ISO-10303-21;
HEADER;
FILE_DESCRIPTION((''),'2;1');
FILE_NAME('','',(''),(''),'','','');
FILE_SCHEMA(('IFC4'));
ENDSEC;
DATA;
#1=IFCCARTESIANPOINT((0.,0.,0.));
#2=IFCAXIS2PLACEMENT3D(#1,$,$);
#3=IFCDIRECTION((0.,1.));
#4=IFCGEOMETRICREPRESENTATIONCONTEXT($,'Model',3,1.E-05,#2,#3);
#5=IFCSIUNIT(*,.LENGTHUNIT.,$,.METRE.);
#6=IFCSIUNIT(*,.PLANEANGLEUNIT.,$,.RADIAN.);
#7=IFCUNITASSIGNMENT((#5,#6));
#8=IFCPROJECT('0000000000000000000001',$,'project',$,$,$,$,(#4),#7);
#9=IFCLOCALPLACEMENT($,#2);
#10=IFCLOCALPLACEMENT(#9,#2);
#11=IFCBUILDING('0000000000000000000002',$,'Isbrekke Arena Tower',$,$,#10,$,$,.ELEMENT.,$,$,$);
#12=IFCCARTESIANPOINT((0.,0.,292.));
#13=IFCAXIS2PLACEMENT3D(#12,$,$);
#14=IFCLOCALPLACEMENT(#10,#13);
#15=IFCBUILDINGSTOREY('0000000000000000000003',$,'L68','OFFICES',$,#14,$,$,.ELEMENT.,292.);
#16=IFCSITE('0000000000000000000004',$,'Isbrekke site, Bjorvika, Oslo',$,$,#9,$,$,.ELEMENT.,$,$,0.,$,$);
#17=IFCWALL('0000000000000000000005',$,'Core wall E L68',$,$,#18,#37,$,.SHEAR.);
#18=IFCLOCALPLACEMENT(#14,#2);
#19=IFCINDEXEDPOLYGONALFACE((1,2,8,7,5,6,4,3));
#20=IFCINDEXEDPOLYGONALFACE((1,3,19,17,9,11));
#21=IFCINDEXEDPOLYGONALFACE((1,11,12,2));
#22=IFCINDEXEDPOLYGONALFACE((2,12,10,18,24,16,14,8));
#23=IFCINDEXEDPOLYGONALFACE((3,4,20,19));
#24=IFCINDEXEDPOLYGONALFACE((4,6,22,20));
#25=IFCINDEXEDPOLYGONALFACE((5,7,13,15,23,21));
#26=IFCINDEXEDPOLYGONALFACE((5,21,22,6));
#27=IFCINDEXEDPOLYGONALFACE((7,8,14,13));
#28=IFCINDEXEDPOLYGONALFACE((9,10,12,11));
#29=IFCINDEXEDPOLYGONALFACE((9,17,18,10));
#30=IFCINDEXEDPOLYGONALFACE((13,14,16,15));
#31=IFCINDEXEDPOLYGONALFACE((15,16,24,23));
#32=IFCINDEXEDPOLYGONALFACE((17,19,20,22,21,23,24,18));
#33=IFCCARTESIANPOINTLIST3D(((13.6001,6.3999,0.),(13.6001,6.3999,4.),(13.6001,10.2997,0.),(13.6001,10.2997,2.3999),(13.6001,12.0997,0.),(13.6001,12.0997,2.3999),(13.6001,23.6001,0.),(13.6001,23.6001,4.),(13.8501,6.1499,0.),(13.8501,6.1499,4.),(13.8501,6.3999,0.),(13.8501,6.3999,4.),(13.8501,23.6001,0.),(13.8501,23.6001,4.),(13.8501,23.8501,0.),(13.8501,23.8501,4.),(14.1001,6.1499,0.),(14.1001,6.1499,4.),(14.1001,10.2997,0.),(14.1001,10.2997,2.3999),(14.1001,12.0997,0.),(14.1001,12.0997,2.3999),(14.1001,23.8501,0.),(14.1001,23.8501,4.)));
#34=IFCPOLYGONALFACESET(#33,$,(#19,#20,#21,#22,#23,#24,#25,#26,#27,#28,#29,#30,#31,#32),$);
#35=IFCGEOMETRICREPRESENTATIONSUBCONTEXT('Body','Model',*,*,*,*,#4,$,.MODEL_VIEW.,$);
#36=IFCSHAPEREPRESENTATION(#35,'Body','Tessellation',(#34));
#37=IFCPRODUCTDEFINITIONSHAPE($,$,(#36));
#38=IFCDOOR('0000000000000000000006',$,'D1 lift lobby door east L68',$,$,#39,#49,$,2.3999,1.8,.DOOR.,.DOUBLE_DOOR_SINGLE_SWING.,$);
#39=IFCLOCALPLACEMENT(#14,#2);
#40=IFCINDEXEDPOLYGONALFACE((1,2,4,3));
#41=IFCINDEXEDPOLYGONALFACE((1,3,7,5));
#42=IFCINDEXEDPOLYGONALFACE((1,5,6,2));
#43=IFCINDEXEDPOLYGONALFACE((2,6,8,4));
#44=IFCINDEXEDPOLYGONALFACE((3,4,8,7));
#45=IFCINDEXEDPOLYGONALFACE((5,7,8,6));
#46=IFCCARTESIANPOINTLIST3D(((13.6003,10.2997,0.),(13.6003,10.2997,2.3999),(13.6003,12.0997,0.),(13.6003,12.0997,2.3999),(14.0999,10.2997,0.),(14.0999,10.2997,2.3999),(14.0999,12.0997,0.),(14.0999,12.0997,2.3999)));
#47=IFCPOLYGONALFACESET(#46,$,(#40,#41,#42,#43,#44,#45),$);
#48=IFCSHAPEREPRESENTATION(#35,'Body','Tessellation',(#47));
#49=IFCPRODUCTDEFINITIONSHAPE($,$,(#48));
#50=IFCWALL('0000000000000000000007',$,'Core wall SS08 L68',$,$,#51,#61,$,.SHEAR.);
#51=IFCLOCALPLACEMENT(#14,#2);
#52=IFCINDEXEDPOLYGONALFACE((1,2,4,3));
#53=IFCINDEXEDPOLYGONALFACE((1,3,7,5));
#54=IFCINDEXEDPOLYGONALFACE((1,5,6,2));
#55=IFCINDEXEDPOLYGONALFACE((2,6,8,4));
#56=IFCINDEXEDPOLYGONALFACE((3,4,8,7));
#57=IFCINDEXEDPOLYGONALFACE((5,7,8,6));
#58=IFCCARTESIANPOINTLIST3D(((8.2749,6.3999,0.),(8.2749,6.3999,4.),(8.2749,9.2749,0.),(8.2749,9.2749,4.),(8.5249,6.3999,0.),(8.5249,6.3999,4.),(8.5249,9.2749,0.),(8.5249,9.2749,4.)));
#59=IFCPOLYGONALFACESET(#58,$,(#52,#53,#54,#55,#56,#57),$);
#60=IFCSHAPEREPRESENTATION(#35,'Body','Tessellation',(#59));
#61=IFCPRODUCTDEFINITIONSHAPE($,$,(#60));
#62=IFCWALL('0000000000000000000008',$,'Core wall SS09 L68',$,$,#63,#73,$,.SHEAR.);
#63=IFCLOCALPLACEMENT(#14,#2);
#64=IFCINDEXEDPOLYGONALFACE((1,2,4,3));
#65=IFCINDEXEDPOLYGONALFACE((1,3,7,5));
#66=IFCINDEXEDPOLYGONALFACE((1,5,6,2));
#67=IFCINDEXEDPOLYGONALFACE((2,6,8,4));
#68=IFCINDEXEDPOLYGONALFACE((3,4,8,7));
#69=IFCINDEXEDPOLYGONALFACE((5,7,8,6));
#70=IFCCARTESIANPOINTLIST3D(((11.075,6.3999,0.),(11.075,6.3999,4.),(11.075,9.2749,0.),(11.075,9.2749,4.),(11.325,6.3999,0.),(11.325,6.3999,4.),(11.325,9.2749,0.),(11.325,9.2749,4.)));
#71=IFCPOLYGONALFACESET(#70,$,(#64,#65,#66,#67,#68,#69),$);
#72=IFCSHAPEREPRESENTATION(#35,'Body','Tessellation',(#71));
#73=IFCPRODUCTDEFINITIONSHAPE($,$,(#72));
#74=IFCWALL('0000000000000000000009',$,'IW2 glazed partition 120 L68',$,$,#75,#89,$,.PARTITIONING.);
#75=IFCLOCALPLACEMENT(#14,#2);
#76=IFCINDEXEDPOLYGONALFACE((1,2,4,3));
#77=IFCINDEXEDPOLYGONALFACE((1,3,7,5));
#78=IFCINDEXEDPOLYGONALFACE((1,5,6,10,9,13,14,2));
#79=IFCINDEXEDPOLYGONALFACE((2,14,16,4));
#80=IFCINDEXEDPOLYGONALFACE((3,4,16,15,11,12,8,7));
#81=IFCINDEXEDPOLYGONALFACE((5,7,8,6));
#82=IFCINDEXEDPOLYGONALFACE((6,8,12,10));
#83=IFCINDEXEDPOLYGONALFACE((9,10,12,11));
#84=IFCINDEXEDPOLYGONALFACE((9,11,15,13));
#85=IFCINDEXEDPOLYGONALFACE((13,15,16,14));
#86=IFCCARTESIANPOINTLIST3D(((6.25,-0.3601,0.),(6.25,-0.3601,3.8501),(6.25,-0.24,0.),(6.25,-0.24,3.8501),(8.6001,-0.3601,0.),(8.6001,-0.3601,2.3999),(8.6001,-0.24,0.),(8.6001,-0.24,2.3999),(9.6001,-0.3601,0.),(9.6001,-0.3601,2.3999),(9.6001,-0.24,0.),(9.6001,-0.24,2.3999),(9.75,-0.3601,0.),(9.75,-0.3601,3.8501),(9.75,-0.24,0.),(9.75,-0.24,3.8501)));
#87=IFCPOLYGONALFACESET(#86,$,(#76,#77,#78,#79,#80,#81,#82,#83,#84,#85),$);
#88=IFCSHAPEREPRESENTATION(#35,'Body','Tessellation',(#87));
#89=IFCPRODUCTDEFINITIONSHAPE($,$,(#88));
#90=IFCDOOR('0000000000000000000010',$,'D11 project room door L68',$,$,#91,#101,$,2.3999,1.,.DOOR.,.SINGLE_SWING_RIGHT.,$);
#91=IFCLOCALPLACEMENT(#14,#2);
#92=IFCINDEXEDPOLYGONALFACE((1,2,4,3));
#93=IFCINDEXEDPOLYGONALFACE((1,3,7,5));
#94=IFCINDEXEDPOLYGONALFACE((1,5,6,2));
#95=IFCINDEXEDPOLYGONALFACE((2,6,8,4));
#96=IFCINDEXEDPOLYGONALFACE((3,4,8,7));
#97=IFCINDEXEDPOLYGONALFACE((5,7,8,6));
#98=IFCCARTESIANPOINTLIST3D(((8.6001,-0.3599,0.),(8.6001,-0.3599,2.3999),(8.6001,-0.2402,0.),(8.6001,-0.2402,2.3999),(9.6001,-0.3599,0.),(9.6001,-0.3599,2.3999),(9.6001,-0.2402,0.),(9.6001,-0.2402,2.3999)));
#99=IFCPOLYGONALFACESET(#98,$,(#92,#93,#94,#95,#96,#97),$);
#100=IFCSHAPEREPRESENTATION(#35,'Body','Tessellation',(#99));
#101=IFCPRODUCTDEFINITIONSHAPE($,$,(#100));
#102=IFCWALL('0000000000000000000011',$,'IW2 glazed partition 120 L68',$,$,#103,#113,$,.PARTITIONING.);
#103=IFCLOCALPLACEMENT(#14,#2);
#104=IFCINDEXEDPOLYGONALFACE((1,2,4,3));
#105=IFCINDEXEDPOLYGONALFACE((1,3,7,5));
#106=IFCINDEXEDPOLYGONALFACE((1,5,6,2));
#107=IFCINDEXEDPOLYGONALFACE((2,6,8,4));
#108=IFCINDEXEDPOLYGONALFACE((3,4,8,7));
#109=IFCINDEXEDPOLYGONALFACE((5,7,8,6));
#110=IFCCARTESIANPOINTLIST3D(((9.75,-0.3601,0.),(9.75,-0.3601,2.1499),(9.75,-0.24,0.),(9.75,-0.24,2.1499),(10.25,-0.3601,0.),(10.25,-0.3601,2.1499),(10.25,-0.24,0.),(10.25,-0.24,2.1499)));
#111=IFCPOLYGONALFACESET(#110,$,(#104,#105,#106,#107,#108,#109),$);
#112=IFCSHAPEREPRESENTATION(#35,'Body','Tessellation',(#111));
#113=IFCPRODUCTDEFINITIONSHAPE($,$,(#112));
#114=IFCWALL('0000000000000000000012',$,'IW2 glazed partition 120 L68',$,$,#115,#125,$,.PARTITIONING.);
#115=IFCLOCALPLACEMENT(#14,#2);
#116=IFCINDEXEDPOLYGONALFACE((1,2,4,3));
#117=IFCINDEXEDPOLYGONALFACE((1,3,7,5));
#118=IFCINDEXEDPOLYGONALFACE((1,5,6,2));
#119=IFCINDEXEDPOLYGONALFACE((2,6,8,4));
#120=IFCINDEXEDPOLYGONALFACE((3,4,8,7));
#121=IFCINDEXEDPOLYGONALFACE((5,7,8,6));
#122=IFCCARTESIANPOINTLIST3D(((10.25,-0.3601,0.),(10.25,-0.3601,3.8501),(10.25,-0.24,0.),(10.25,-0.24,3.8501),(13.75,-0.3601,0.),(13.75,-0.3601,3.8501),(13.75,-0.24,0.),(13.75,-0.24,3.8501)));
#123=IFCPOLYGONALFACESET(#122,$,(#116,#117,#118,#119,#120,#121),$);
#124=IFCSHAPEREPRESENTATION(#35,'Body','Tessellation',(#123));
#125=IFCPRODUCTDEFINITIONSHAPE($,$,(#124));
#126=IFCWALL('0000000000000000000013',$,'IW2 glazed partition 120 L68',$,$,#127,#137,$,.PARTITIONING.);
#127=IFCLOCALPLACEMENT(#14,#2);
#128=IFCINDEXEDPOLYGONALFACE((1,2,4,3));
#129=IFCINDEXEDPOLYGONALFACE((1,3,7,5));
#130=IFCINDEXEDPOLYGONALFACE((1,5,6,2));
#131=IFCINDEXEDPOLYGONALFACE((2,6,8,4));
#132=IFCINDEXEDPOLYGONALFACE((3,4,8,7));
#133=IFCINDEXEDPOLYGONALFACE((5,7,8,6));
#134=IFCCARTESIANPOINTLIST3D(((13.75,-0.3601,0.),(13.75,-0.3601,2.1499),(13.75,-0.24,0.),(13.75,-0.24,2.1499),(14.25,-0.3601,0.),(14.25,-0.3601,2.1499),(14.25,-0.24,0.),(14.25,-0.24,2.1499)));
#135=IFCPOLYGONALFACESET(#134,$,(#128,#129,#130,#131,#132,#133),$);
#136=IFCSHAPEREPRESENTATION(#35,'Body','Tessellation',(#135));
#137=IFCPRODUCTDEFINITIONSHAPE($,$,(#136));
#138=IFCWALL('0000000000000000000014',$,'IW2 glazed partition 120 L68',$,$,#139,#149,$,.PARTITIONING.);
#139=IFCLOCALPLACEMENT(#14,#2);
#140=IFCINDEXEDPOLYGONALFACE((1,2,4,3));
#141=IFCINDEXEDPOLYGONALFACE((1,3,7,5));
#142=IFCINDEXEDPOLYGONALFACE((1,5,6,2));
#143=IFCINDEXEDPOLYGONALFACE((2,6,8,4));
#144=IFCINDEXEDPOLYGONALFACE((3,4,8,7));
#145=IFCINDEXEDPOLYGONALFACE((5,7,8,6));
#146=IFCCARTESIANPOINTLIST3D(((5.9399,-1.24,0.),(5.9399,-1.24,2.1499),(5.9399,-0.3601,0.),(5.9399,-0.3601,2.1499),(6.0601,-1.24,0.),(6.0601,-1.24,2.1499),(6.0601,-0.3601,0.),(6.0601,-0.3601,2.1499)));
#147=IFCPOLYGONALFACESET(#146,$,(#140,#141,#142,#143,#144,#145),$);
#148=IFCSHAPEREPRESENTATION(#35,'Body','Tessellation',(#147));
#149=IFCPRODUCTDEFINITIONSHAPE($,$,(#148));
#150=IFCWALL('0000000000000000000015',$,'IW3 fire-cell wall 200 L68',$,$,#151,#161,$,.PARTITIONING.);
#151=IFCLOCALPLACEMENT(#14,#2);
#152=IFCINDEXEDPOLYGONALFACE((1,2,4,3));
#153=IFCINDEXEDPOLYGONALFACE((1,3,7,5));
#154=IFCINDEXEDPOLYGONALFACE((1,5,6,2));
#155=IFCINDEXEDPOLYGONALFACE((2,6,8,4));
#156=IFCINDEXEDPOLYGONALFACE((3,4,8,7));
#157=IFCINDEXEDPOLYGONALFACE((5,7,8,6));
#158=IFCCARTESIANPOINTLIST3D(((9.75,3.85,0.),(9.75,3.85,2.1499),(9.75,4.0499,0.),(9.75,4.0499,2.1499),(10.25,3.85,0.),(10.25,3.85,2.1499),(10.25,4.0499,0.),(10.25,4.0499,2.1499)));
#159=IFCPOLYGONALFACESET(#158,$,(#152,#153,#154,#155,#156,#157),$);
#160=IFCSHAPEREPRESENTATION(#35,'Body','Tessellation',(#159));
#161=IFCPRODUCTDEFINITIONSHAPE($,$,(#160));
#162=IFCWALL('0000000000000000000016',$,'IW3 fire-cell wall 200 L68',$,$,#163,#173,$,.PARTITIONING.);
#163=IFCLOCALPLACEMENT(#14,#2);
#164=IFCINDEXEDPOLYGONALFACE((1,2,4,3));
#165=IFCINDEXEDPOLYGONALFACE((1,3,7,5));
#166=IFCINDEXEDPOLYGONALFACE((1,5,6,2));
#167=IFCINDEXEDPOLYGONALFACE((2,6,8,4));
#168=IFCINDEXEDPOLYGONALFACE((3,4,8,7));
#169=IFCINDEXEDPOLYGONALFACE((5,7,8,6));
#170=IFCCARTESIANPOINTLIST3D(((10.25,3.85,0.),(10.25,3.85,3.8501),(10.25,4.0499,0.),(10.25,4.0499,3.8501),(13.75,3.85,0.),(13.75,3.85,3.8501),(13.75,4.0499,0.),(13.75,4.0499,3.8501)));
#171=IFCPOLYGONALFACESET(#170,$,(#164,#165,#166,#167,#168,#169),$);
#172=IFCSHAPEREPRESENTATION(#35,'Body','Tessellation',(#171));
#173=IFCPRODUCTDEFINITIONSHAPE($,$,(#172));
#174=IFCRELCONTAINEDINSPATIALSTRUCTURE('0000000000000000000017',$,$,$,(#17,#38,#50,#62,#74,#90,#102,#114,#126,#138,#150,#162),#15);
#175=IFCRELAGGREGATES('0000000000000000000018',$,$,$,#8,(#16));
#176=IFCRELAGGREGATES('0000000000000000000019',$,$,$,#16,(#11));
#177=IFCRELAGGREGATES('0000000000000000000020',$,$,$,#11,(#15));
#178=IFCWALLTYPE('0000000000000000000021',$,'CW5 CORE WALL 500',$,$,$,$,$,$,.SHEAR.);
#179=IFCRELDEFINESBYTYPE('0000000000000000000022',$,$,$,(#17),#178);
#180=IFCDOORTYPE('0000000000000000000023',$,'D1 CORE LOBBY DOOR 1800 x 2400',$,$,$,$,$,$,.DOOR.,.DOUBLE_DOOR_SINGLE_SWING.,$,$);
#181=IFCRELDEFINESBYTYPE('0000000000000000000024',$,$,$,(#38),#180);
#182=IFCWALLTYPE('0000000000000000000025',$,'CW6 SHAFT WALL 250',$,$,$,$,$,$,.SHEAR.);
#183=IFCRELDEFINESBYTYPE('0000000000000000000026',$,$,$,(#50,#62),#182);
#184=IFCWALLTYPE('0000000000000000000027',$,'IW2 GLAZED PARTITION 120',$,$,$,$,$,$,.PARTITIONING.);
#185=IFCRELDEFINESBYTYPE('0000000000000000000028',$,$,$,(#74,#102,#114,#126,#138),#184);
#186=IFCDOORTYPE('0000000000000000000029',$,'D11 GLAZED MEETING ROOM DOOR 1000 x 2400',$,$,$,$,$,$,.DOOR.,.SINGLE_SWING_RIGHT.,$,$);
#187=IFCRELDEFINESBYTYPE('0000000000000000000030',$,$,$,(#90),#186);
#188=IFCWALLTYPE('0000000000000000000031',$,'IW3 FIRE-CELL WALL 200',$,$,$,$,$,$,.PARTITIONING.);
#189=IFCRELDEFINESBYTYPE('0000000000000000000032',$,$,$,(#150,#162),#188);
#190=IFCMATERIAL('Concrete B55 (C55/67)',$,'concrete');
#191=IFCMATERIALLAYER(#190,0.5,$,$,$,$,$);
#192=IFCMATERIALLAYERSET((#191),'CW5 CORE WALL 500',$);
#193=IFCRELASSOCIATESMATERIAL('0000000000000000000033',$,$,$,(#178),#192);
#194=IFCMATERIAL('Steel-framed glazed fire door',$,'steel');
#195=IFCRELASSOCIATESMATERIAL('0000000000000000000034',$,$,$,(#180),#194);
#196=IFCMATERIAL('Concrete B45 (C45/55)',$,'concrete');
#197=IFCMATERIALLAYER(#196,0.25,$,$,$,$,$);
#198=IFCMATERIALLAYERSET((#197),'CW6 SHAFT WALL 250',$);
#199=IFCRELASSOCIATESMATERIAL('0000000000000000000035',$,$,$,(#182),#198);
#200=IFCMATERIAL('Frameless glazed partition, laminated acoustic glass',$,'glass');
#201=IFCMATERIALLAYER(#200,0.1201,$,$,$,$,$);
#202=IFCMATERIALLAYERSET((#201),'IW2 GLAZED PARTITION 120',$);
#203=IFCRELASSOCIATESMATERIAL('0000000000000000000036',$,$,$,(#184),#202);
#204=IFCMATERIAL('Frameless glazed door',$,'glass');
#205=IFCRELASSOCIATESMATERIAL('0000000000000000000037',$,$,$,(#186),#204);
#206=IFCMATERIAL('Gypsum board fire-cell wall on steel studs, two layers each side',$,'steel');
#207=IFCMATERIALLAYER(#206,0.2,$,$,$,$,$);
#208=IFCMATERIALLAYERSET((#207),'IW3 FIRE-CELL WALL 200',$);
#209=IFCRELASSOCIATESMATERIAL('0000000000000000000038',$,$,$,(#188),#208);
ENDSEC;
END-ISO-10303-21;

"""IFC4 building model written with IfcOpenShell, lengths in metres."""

from ifc_helpers import new_model, si_unit, direction, frame, frame_2d, origin, place, context, subcontext, project, spatial, polyline, rectangle, outline, extrude, material, layer, layer_set, type_object, element, fill, save


model = new_model("IFC4")

# Units and contexts
model_context = context("Model", 3, precision=1e-05, world=origin(), true_north=direction((0.0, 1.0)))
body_context = subcontext(model_context, "Body", "Model", "MODEL_VIEW")
ifc_project = project(units=[si_unit("LENGTHUNIT", "METRE"), si_unit("PLANEANGLEUNIT", "RADIAN")], contexts=[model_context])

# Site, building, storey
site_placement = place(None, origin())
site = spatial("IfcSite", under=ifc_project, at=site_placement, Name="Isbrekke site, Bjorvika, Oslo", CompositionType="ELEMENT", RefElevation=0.0)
building_placement = place(site_placement, origin())
building = spatial("IfcBuilding", under=site, at=building_placement, Name="Isbrekke Arena Tower", CompositionType="ELEMENT")
storey_placement = place(building_placement, frame((0.0, 0.0, 292.0)))
storey = spatial("IfcBuildingStorey", under=building, at=storey_placement, Name="L68", Description="OFFICES", CompositionType="ELEMENT", Elevation=292.0)

# Wall, opening, door
ifc_material_1 = material(Name="Concrete B55 (C55/67)", Category="concrete")
ifc_layer_1 = layer(ifc_material_1, 0.5)
ifc_layer_set_1 = layer_set([ifc_layer_1], Name="CW5 CORE WALL 500")
wall_type_1 = type_object("IfcWallType", Name="CW5 CORE WALL 500", PredefinedType="SHEAR", material=ifc_layer_set_1)
wall_1_placement = place(storey_placement, frame((13.8501, 6.1499, 0.0), z_axis=(0.0, 0.0, 1.0), x_axis=(0.0, 1.0, 0.0)))
wall_1 = element("IfcWall", 1, at=wall_1_placement, inside=storey, type_object=wall_type_1, Name="Core wall E L68", PredefinedType="SHEAR", context=body_context, shape_type="SweptSolid", body=[
    extrude(outline(polyline([(0.0, -0.25), (17.7002, -0.25), (17.7002, 0.0), (17.4502, 0.0), (17.4502, 0.25), (0.25, 0.25), (0.25, 0.0), (0.0, 0.0), (0.0, -0.25)])), origin(), (0.0, 0.0, 1.0), 4.0),
])
opening_1_placement = place(wall_1_placement, frame((4.1499, 0.0, 0.0)))
opening_1 = element("IfcOpeningElement", 2, at=opening_1_placement, cuts=wall_1, PredefinedType="OPENING", context=body_context, shape_type="SweptSolid", body=[
    extrude(rectangle(XDim=1.8, YDim=2.3999, at=frame_2d((0.8999, 1.2))), frame((0.0, 0.2649, 0.0), z_axis=(0.0, -1.0, 0.0), x_axis=(1.0, 0.0, 0.0)), (0.0, 0.0, 1.0), 0.5298),
])
ifc_material_2 = material(Name="Steel-framed glazed fire door", Category="steel")
door_type_1 = type_object("IfcDoorType", Name="D1 CORE LOBBY DOOR 1800 x 2400", OperationType="DOUBLE_DOOR_SINGLE_SWING", PredefinedType="DOOR", material=ifc_material_2)
door_1_placement = place(opening_1_placement, origin())
door_1 = element("IfcDoor", 3, at=door_1_placement, inside=storey, type_object=door_type_1, Name="D1 lift lobby door east L68", OperationType="DOUBLE_DOOR_SINGLE_SWING", OverallHeight=2.3999, OverallWidth=1.8, PredefinedType="DOOR", context=body_context, shape_type="SweptSolid", body=[
    extrude(rectangle(XDim=1.8, YDim=2.3999, at=frame_2d((0.8999, 1.2))), frame((0.0, 0.2498, 0.0), z_axis=(0.0, -1.0, 0.0), x_axis=(1.0, 0.0, 0.0)), (0.0, 0.0, 1.0), 0.4995),
])
fill(opening_1, door_1)

# Walls
ifc_material_3 = material(Name="Concrete B45 (C45/55)", Category="concrete")
ifc_layer_2 = layer(ifc_material_3, 0.25)
ifc_layer_set_2 = layer_set([ifc_layer_2], Name="CW6 SHAFT WALL 250")
wall_type_2 = type_object("IfcWallType", Name="CW6 SHAFT WALL 250", PredefinedType="SHEAR", material=ifc_layer_set_2)
for number, where, z_axis, x_axis, name in (
    (4, (8.3999, 6.3999, 0.0), (0.0, 0.0, 1.0), (0.0, 1.0, 0.0), "Core wall SS08 L68"),
    (5, (11.2, 6.3999, 0.0), (0.0, 0.0, 1.0), (0.0, 1.0, 0.0), "Core wall SS09 L68"),
):
    element("IfcWall", number, at=place(storey_placement, frame(where, z_axis=z_axis, x_axis=x_axis)), inside=storey, type_object=wall_type_2, Name=name, PredefinedType="SHEAR", context=body_context, shape_type="SweptSolid", body=[
        extrude(rectangle(XDim=2.875, YDim=0.25, at=frame_2d((1.4375, 0.0))), origin(), (0.0, 0.0, 1.0), 4.0),
    ])

# Wall, opening, door
ifc_material_4 = material(Name="Frameless glazed partition, laminated acoustic glass", Category="glass")
ifc_layer_3 = layer(ifc_material_4, 0.1201)
ifc_layer_set_3 = layer_set([ifc_layer_3], Name="IW2 GLAZED PARTITION 120")
wall_type_3 = type_object("IfcWallType", Name="IW2 GLAZED PARTITION 120", PredefinedType="PARTITIONING", material=ifc_layer_set_3)
wall_2_placement = place(storey_placement, frame((6.25, -0.3, 0.0), z_axis=(0.0, 0.0, 1.0), x_axis=(1.0, 0.0, 0.0)))
wall_2 = element("IfcWall", 6, at=wall_2_placement, inside=storey, type_object=wall_type_3, Name="IW2 glazed partition 120 L68", PredefinedType="PARTITIONING", context=body_context, shape_type="SweptSolid", body=[
    extrude(rectangle(XDim=3.5, YDim=0.1201, at=frame_2d((1.75, 0.0))), origin(), (0.0, 0.0, 1.0), 3.8501),
])
opening_2_placement = place(wall_2_placement, frame((2.3501, 0.0, 0.0)))
opening_2 = element("IfcOpeningElement", 7, at=opening_2_placement, cuts=wall_2, PredefinedType="OPENING", context=body_context, shape_type="SweptSolid", body=[
    extrude(rectangle(XDim=1.0, YDim=2.3999, at=frame_2d((0.5, 1.2))), frame((0.0, 0.075, 0.0), z_axis=(0.0, -1.0, 0.0), x_axis=(1.0, 0.0, 0.0)), (0.0, 0.0, 1.0), 0.1499),
])
ifc_material_5 = material(Name="Frameless glazed door", Category="glass")
door_type_2 = type_object("IfcDoorType", Name="D11 GLAZED MEETING ROOM DOOR 1000 x 2400", OperationType="SINGLE_SWING_RIGHT", PredefinedType="DOOR", material=ifc_material_5)
door_2_placement = place(opening_2_placement, origin())
door_2 = element("IfcDoor", 8, at=door_2_placement, inside=storey, type_object=door_type_2, Name="D11 project room door L68", OperationType="SINGLE_SWING_RIGHT", OverallHeight=2.3999, OverallWidth=1.0, PredefinedType="DOOR", context=body_context, shape_type="SweptSolid", body=[
    extrude(rectangle(XDim=1.0, YDim=2.3999, at=frame_2d((0.5, 1.2))), frame((0.0, 0.0598, 0.0), z_axis=(0.0, -1.0, 0.0), x_axis=(1.0, 0.0, 0.0)), (0.0, 0.0, 1.0), 0.1196),
])
fill(opening_2, door_2)

# Walls
wall_3_placement = place(storey_placement, frame((9.75, -0.3, 0.0), z_axis=(0.0, 0.0, 1.0), x_axis=(1.0, 0.0, 0.0)))
element("IfcWall", 9, at=wall_3_placement, inside=storey, type_object=wall_type_3, Name="IW2 glazed partition 120 L68", PredefinedType="PARTITIONING", context=body_context, shape_type="SweptSolid", body=[
    extrude(rectangle(XDim=0.5, YDim=0.1201, at=frame_2d((0.25, 0.0))), origin(), (0.0, 0.0, 1.0), 2.1499),
])
wall_4_placement = place(storey_placement, frame((10.25, -0.3, 0.0), z_axis=(0.0, 0.0, 1.0), x_axis=(1.0, 0.0, 0.0)))
element("IfcWall", 10, at=wall_4_placement, inside=storey, type_object=wall_type_3, Name="IW2 glazed partition 120 L68", PredefinedType="PARTITIONING", context=body_context, shape_type="SweptSolid", body=[
    extrude(rectangle(XDim=3.5, YDim=0.1201, at=frame_2d((1.75, 0.0))), origin(), (0.0, 0.0, 1.0), 3.8501),
])
wall_5_placement = place(storey_placement, frame((13.75, -0.3, 0.0), z_axis=(0.0, 0.0, 1.0), x_axis=(1.0, 0.0, 0.0)))
element("IfcWall", 11, at=wall_5_placement, inside=storey, type_object=wall_type_3, Name="IW2 glazed partition 120 L68", PredefinedType="PARTITIONING", context=body_context, shape_type="SweptSolid", body=[
    extrude(rectangle(XDim=0.5, YDim=0.1201, at=frame_2d((0.25, 0.0))), origin(), (0.0, 0.0, 1.0), 2.1499),
])
wall_6_placement = place(storey_placement, frame((6.0, -1.24, 0.0), z_axis=(0.0, 0.0, 1.0), x_axis=(0.0, 1.0, 0.0)))
element("IfcWall", 12, at=wall_6_placement, inside=storey, type_object=wall_type_3, Name="IW2 glazed partition 120 L68", PredefinedType="PARTITIONING", context=body_context, shape_type="SweptSolid", body=[
    extrude(rectangle(XDim=0.8799, YDim=0.1201, at=frame_2d((0.4399, 0.0))), origin(), (0.0, 0.0, 1.0), 2.1499),
])

# Shared definitions
ifc_material_6 = material(Name="Gypsum board fire-cell wall on steel studs, two layers each side", Category="steel")
ifc_layer_4 = layer(ifc_material_6, 0.2)
ifc_layer_set_4 = layer_set([ifc_layer_4], Name="IW3 FIRE-CELL WALL 200")
wall_type_4 = type_object("IfcWallType", Name="IW3 FIRE-CELL WALL 200", PredefinedType="PARTITIONING", material=ifc_layer_set_4)

# Walls
wall_7_placement = place(storey_placement, frame((9.75, 3.95, 0.0), z_axis=(0.0, 0.0, 1.0), x_axis=(1.0, 0.0, 0.0)))
element("IfcWall", 13, at=wall_7_placement, inside=storey, type_object=wall_type_4, Name="IW3 fire-cell wall 200 L68", PredefinedType="PARTITIONING", context=body_context, shape_type="SweptSolid", body=[
    extrude(rectangle(XDim=0.5, YDim=0.2, at=frame_2d((0.25, 0.0))), origin(), (0.0, 0.0, 1.0), 2.1499),
])
wall_8_placement = place(storey_placement, frame((10.25, 3.95, 0.0), z_axis=(0.0, 0.0, 1.0), x_axis=(1.0, 0.0, 0.0)))
element("IfcWall", 14, at=wall_8_placement, inside=storey, type_object=wall_type_4, Name="IW3 fire-cell wall 200 L68", PredefinedType="PARTITIONING", context=body_context, shape_type="SweptSolid", body=[
    extrude(rectangle(XDim=3.5, YDim=0.2, at=frame_2d((1.75, 0.0))), origin(), (0.0, 0.0, 1.0), 3.8501),
])

save(model, "model.ifc")
